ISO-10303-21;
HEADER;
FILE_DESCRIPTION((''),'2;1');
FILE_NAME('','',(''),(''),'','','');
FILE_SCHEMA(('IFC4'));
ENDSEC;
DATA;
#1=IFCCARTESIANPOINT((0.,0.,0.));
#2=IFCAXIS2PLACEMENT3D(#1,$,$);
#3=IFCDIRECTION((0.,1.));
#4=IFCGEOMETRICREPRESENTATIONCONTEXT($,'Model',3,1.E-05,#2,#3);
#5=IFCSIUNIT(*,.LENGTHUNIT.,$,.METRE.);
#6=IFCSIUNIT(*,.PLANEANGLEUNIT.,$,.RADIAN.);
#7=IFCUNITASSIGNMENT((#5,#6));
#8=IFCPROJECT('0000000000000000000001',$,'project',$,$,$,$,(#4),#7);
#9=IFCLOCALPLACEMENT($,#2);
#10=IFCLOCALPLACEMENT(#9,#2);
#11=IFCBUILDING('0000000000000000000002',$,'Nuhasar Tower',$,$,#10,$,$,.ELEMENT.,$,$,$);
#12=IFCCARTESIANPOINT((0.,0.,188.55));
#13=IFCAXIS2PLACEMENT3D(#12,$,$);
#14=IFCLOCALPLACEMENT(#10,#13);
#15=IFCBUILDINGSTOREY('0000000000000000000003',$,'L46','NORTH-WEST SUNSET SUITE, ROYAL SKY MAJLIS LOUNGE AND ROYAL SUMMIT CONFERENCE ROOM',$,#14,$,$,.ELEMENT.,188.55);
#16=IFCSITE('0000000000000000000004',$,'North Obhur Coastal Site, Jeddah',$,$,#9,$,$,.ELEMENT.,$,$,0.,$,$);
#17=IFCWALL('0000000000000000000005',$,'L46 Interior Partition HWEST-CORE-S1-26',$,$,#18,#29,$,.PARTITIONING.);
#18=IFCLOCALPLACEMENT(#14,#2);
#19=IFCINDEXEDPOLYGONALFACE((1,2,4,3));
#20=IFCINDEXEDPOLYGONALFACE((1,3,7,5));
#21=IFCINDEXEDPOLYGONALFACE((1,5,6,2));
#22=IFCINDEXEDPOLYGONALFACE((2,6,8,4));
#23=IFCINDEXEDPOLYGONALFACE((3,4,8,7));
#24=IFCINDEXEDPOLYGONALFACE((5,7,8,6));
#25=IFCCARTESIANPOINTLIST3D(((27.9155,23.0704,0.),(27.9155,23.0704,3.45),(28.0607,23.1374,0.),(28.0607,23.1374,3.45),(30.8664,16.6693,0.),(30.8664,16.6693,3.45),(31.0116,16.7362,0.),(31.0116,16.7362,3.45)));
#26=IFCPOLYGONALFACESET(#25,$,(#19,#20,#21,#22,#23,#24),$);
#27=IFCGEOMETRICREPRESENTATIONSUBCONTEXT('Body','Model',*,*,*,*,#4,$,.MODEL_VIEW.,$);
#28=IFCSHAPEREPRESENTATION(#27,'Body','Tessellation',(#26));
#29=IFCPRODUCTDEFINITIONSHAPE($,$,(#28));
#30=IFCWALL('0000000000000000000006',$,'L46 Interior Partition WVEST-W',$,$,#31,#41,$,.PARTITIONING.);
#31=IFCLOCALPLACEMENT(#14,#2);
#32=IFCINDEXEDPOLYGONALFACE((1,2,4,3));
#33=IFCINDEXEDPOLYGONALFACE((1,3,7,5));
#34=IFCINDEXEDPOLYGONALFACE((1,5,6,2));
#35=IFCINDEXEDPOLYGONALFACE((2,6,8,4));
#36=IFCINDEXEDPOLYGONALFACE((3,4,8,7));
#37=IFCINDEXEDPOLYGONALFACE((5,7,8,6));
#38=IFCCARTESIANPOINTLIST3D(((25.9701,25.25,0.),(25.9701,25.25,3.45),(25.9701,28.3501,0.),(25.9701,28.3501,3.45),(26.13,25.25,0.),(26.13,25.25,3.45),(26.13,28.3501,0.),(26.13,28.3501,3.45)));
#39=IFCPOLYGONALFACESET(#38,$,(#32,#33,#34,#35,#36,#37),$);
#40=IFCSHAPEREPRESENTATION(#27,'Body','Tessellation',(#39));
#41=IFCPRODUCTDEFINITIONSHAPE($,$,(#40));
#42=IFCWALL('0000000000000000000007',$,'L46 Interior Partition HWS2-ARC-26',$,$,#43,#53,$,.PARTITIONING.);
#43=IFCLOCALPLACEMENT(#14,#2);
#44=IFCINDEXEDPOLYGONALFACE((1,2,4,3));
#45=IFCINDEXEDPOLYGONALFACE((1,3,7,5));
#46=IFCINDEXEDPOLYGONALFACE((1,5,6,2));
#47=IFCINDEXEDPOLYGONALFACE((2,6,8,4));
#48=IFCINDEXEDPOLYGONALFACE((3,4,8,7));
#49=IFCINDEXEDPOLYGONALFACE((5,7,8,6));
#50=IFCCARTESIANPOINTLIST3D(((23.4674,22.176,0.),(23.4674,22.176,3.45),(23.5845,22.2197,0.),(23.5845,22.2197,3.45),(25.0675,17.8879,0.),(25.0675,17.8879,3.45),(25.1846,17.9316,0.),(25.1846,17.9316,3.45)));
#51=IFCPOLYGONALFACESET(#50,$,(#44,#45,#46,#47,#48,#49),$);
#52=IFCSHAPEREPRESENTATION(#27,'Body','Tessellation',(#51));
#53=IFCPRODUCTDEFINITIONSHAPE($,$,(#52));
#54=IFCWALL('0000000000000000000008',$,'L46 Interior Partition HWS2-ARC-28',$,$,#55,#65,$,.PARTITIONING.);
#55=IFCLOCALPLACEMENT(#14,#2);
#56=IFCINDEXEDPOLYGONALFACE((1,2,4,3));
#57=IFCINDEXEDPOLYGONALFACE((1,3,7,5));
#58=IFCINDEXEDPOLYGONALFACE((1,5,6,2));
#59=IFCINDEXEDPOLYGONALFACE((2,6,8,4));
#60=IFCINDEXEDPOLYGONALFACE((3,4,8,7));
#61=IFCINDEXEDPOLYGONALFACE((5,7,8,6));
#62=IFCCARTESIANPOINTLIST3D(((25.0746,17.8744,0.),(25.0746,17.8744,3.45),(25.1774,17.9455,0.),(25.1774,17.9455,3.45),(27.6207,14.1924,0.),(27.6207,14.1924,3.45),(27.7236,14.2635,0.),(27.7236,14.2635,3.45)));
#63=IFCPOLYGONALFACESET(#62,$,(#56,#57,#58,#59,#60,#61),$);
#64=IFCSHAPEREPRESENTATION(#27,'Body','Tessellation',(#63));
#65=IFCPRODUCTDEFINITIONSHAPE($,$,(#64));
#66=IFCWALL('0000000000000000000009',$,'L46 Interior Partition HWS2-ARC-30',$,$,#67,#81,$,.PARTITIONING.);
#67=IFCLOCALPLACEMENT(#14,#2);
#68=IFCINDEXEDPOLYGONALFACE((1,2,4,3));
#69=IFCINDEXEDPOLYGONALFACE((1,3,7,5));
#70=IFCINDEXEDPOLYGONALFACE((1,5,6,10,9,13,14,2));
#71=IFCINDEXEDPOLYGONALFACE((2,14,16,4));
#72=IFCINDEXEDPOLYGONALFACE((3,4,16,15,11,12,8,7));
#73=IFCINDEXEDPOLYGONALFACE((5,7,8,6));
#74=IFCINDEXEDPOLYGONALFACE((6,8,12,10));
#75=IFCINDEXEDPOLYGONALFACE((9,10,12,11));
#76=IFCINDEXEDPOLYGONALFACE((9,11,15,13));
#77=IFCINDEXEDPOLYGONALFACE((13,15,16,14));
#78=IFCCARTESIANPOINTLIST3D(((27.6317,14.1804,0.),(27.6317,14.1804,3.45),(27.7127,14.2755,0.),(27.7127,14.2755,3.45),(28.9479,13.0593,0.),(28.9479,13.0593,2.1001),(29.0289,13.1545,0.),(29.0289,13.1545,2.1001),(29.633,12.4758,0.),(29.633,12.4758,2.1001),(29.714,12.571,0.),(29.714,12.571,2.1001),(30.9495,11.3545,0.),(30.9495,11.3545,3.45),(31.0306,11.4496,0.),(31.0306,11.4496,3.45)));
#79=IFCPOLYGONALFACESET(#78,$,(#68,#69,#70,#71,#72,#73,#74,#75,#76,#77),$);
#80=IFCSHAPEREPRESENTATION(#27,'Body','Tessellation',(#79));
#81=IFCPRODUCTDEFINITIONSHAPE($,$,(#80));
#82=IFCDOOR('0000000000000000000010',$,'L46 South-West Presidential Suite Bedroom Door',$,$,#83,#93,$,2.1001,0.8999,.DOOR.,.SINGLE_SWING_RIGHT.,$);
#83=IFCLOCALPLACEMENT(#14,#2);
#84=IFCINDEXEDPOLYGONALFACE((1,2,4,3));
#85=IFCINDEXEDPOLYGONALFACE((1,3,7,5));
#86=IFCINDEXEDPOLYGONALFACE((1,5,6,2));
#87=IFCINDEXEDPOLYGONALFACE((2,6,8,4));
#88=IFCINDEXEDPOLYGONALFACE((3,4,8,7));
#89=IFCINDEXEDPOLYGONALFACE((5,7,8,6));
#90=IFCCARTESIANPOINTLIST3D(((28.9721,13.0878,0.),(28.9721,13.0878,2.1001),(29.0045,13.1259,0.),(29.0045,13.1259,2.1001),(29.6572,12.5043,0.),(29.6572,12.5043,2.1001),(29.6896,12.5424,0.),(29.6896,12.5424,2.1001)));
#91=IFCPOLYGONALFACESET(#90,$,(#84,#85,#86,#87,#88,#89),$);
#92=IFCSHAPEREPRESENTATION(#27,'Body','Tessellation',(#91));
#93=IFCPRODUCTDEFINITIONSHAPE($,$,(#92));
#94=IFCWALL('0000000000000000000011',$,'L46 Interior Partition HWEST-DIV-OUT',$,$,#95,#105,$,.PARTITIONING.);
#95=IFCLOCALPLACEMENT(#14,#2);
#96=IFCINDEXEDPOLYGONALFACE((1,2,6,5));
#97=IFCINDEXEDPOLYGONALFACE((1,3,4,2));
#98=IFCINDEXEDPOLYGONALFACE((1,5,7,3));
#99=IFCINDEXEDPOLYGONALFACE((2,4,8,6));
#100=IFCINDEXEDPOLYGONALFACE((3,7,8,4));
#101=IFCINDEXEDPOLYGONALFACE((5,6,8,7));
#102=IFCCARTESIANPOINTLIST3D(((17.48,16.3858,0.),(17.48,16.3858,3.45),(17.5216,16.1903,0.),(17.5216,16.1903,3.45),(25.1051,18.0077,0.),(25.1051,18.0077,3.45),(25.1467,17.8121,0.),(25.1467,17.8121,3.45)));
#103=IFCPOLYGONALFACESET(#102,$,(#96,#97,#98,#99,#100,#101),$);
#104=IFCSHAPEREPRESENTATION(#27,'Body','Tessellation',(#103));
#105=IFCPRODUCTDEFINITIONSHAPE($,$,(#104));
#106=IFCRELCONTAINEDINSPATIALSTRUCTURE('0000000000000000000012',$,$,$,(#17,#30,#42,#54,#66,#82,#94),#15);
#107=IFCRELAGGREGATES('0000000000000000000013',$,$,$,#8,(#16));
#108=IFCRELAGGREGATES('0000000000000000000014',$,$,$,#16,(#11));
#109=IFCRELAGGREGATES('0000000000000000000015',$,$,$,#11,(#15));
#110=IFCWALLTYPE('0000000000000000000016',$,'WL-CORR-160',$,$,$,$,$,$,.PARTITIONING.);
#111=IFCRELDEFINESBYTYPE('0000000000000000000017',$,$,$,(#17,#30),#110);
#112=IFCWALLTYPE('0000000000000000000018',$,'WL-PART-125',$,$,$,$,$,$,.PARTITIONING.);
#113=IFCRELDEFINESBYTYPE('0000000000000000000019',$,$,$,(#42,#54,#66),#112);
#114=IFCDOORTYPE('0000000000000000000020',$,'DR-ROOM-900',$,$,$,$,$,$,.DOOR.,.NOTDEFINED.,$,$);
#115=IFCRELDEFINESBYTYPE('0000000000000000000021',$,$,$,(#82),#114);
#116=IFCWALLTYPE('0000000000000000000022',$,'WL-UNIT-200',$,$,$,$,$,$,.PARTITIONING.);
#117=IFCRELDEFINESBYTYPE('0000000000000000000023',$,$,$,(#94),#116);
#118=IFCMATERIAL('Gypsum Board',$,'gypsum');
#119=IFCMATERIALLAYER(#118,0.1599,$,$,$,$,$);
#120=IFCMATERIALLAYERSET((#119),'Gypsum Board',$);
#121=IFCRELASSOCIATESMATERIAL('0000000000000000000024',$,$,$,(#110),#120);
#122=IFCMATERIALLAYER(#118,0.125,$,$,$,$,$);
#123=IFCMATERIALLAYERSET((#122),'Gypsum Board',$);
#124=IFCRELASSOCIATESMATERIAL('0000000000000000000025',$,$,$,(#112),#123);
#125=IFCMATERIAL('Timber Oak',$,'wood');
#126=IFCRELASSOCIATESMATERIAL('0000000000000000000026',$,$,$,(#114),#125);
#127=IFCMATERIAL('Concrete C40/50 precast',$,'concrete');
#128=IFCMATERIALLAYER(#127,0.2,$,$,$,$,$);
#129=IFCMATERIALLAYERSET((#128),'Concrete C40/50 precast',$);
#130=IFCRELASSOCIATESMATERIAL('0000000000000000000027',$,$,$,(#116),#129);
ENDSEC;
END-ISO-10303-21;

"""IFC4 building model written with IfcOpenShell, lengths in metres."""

from ifc_helpers import new_model, si_unit, direction, frame, frame_2d, origin, place, context, subcontext, project, spatial, rectangle, extrude, material, layer, layer_set, type_object, element, fill, save


model = new_model("IFC4")

# Units and contexts
model_context = context("Model", 3, precision=1e-05, world=origin(), true_north=direction((0.0, 1.0)))
body_context = subcontext(model_context, "Body", "Model", "MODEL_VIEW")
ifc_project = project(units=[si_unit("LENGTHUNIT", "METRE"), si_unit("PLANEANGLEUNIT", "RADIAN")], contexts=[model_context])

# Site, building, storey
site_placement = place(None, origin())
site = spatial("IfcSite", under=ifc_project, at=site_placement, Name="North Obhur Coastal Site, Jeddah", CompositionType="ELEMENT", RefElevation=0.0)
building_placement = place(site_placement, origin())
building = spatial("IfcBuilding", under=site, at=building_placement, Name="Nuhasar Tower", CompositionType="ELEMENT")
storey_placement = place(building_placement, frame((0.0, 0.0, 188.55)))
storey = spatial("IfcBuildingStorey", under=building, at=storey_placement, Name="L46", Description="NORTH-WEST SUNSET SUITE, ROYAL SKY MAJLIS LOUNGE AND ROYAL SUMMIT CONFERENCE ROOM", CompositionType="ELEMENT", Elevation=188.55)

# Wall
ifc_material_1 = material(Name="Gypsum Board", Category="gypsum")
ifc_layer_1 = layer(ifc_material_1, 0.1599)
ifc_layer_set_1 = layer_set([ifc_layer_1], Name="Gypsum Board")
wall_type_1 = type_object("IfcWallType", Name="WL-CORR-160", PredefinedType="PARTITIONING", material=ifc_layer_set_1)
wall_1_placement = place(storey_placement, frame((27.988, 23.104, 0.0), z_axis=(0.0, 0.0, 1.0), x_axis=(0.418656, -0.908145, 0.0)))
element("IfcWall", 1, at=wall_1_placement, inside=storey, type_object=wall_type_1, Name="L46 Interior Partition HWEST-CORE-S1-26", PredefinedType="PARTITIONING", context=body_context, shape_type="SweptSolid", body=[
    extrude(rectangle(XDim=7.0486, YDim=0.1599, at=frame_2d((3.5244, 0.0))), origin(), (0.0, 0.0, 1.0), 3.45),
])

# Shared definitions
ifc_material_2 = material(Name="Timber Oak", Category="wood")

# Walls
wall_2_placement = place(storey_placement, frame((26.05, 25.25, 0.0), z_axis=(0.0, 0.0, 1.0), x_axis=(0.0, 1.0, 0.0)))
element("IfcWall", 2, at=wall_2_placement, inside=storey, type_object=wall_type_1, Name="L46 Interior Partition WVEST-W", PredefinedType="PARTITIONING", context=body_context, shape_type="SweptSolid", body=[
    extrude(rectangle(XDim=3.1001, YDim=0.1599, at=frame_2d((1.55, 0.0))), origin(), (0.0, 0.0, 1.0), 3.45),
])
ifc_layer_2 = layer(ifc_material_1, 0.125)
ifc_layer_set_2 = layer_set([ifc_layer_2], Name="Gypsum Board")
wall_type_2 = type_object("IfcWallType", Name="WL-PART-125", PredefinedType="PARTITIONING", material=ifc_layer_set_2)
wall_3_placement = place(storey_placement, frame((23.5259, 22.198, 0.0), z_axis=(0.0, 0.0, 1.0), x_axis=(0.349603, -0.936898, 0.0)))
element("IfcWall", 3, at=wall_3_placement, inside=storey, type_object=wall_type_2, Name="L46 Interior Partition HWS2-ARC-26", PredefinedType="PARTITIONING", context=body_context, shape_type="SweptSolid", body=[
    extrude(rectangle(XDim=4.5769, YDim=0.125, at=frame_2d((2.2886, 0.0))), origin(), (0.0, 0.0, 1.0), 3.45),
])
wall_4_placement = place(storey_placement, frame((25.126, 17.9099, 0.0), z_axis=(0.0, 0.0, 1.0), x_axis=(0.568779, -0.822491, 0.0)))
element("IfcWall", 4, at=wall_4_placement, inside=storey, type_object=wall_type_2, Name="L46 Interior Partition HWS2-ARC-28", PredefinedType="PARTITIONING", context=body_context, shape_type="SweptSolid", body=[
    extrude(rectangle(XDim=4.4766, YDim=0.125, at=frame_2d((2.2383, 0.0))), origin(), (0.0, 0.0, 1.0), 3.45),
])

# Wall, opening, door
wall_5_placement = place(storey_placement, frame((27.6721, 14.228, 0.0), z_axis=(0.0, 0.0, 1.0), x_axis=(0.761289, -0.648412, 0.0)))
wall_5 = element("IfcWall", 5, at=wall_5_placement, inside=storey, type_object=wall_type_2, Name="L46 Interior Partition HWS2-ARC-30", PredefinedType="PARTITIONING", context=body_context, shape_type="SweptSolid", body=[
    extrude(rectangle(XDim=4.3582, YDim=0.125, at=frame_2d((2.1792, 0.0))), origin(), (0.0, 0.0, 1.0), 3.45),
])
opening_1_placement = place(wall_5_placement, frame((1.729, 0.0, 0.0)))
opening_1 = element("IfcOpeningElement", 6, at=opening_1_placement, cuts=wall_5, PredefinedType="OPENING", context=body_context, shape_type="SweptSolid", body=[
    extrude(rectangle(XDim=0.8999, YDim=2.1001, at=frame_2d((0.45, 1.05))), frame((0.0, 0.0725, 0.0), z_axis=(0.0, -1.0, 0.0), x_axis=(1.0, 0.0, 0.0)), (0.0, 0.0, 1.0), 0.145),
])
door_type_1 = type_object("IfcDoorType", Name="DR-ROOM-900", OperationType="NOTDEFINED", PredefinedType="DOOR", material=ifc_material_2)
door_1_placement = place(opening_1_placement, origin())
door_1 = element("IfcDoor", 7, at=door_1_placement, inside=storey, type_object=door_type_1, Name="L46 South-West Presidential Suite Bedroom Door", OperationType="SINGLE_SWING_RIGHT", OverallHeight=2.1001, OverallWidth=0.8999, PredefinedType="DOOR", context=body_context, shape_type="SweptSolid", body=[
    extrude(rectangle(XDim=0.8999, YDim=2.1001, at=frame_2d((0.45, 1.05))), frame((0.0, 0.0249, 0.0), z_axis=(0.0, -1.0, 0.0), x_axis=(1.0, 0.0, 0.0)), (0.0, 0.0, 1.0), 0.05),
])
fill(opening_1, door_1)

# Wall
ifc_material_3 = material(Name="Concrete C40/50 precast", Category="concrete")
ifc_layer_3 = layer(ifc_material_3, 0.2)
ifc_layer_set_3 = layer_set([ifc_layer_3], Name="Concrete C40/50 precast")
wall_type_3 = type_object("IfcWallType", Name="WL-UNIT-200", PredefinedType="PARTITIONING", material=ifc_layer_set_3)
wall_6_placement = place(storey_placement, frame((25.126, 17.9099, 0.0), z_axis=(0.0, 0.0, 1.0), x_axis=(-0.978119, -0.208045, 0.0)))
element("IfcWall", 8, at=wall_6_placement, inside=storey, type_object=wall_type_3, Name="L46 Interior Partition HWEST-DIV-OUT", PredefinedType="PARTITIONING", context=body_context, shape_type="SweptSolid", body=[
    extrude(rectangle(XDim=7.7957, YDim=0.2, at=frame_2d((3.8979, 0.0))), origin(), (0.0, 0.0, 1.0), 3.45),
])

save(model, "model.ifc")
